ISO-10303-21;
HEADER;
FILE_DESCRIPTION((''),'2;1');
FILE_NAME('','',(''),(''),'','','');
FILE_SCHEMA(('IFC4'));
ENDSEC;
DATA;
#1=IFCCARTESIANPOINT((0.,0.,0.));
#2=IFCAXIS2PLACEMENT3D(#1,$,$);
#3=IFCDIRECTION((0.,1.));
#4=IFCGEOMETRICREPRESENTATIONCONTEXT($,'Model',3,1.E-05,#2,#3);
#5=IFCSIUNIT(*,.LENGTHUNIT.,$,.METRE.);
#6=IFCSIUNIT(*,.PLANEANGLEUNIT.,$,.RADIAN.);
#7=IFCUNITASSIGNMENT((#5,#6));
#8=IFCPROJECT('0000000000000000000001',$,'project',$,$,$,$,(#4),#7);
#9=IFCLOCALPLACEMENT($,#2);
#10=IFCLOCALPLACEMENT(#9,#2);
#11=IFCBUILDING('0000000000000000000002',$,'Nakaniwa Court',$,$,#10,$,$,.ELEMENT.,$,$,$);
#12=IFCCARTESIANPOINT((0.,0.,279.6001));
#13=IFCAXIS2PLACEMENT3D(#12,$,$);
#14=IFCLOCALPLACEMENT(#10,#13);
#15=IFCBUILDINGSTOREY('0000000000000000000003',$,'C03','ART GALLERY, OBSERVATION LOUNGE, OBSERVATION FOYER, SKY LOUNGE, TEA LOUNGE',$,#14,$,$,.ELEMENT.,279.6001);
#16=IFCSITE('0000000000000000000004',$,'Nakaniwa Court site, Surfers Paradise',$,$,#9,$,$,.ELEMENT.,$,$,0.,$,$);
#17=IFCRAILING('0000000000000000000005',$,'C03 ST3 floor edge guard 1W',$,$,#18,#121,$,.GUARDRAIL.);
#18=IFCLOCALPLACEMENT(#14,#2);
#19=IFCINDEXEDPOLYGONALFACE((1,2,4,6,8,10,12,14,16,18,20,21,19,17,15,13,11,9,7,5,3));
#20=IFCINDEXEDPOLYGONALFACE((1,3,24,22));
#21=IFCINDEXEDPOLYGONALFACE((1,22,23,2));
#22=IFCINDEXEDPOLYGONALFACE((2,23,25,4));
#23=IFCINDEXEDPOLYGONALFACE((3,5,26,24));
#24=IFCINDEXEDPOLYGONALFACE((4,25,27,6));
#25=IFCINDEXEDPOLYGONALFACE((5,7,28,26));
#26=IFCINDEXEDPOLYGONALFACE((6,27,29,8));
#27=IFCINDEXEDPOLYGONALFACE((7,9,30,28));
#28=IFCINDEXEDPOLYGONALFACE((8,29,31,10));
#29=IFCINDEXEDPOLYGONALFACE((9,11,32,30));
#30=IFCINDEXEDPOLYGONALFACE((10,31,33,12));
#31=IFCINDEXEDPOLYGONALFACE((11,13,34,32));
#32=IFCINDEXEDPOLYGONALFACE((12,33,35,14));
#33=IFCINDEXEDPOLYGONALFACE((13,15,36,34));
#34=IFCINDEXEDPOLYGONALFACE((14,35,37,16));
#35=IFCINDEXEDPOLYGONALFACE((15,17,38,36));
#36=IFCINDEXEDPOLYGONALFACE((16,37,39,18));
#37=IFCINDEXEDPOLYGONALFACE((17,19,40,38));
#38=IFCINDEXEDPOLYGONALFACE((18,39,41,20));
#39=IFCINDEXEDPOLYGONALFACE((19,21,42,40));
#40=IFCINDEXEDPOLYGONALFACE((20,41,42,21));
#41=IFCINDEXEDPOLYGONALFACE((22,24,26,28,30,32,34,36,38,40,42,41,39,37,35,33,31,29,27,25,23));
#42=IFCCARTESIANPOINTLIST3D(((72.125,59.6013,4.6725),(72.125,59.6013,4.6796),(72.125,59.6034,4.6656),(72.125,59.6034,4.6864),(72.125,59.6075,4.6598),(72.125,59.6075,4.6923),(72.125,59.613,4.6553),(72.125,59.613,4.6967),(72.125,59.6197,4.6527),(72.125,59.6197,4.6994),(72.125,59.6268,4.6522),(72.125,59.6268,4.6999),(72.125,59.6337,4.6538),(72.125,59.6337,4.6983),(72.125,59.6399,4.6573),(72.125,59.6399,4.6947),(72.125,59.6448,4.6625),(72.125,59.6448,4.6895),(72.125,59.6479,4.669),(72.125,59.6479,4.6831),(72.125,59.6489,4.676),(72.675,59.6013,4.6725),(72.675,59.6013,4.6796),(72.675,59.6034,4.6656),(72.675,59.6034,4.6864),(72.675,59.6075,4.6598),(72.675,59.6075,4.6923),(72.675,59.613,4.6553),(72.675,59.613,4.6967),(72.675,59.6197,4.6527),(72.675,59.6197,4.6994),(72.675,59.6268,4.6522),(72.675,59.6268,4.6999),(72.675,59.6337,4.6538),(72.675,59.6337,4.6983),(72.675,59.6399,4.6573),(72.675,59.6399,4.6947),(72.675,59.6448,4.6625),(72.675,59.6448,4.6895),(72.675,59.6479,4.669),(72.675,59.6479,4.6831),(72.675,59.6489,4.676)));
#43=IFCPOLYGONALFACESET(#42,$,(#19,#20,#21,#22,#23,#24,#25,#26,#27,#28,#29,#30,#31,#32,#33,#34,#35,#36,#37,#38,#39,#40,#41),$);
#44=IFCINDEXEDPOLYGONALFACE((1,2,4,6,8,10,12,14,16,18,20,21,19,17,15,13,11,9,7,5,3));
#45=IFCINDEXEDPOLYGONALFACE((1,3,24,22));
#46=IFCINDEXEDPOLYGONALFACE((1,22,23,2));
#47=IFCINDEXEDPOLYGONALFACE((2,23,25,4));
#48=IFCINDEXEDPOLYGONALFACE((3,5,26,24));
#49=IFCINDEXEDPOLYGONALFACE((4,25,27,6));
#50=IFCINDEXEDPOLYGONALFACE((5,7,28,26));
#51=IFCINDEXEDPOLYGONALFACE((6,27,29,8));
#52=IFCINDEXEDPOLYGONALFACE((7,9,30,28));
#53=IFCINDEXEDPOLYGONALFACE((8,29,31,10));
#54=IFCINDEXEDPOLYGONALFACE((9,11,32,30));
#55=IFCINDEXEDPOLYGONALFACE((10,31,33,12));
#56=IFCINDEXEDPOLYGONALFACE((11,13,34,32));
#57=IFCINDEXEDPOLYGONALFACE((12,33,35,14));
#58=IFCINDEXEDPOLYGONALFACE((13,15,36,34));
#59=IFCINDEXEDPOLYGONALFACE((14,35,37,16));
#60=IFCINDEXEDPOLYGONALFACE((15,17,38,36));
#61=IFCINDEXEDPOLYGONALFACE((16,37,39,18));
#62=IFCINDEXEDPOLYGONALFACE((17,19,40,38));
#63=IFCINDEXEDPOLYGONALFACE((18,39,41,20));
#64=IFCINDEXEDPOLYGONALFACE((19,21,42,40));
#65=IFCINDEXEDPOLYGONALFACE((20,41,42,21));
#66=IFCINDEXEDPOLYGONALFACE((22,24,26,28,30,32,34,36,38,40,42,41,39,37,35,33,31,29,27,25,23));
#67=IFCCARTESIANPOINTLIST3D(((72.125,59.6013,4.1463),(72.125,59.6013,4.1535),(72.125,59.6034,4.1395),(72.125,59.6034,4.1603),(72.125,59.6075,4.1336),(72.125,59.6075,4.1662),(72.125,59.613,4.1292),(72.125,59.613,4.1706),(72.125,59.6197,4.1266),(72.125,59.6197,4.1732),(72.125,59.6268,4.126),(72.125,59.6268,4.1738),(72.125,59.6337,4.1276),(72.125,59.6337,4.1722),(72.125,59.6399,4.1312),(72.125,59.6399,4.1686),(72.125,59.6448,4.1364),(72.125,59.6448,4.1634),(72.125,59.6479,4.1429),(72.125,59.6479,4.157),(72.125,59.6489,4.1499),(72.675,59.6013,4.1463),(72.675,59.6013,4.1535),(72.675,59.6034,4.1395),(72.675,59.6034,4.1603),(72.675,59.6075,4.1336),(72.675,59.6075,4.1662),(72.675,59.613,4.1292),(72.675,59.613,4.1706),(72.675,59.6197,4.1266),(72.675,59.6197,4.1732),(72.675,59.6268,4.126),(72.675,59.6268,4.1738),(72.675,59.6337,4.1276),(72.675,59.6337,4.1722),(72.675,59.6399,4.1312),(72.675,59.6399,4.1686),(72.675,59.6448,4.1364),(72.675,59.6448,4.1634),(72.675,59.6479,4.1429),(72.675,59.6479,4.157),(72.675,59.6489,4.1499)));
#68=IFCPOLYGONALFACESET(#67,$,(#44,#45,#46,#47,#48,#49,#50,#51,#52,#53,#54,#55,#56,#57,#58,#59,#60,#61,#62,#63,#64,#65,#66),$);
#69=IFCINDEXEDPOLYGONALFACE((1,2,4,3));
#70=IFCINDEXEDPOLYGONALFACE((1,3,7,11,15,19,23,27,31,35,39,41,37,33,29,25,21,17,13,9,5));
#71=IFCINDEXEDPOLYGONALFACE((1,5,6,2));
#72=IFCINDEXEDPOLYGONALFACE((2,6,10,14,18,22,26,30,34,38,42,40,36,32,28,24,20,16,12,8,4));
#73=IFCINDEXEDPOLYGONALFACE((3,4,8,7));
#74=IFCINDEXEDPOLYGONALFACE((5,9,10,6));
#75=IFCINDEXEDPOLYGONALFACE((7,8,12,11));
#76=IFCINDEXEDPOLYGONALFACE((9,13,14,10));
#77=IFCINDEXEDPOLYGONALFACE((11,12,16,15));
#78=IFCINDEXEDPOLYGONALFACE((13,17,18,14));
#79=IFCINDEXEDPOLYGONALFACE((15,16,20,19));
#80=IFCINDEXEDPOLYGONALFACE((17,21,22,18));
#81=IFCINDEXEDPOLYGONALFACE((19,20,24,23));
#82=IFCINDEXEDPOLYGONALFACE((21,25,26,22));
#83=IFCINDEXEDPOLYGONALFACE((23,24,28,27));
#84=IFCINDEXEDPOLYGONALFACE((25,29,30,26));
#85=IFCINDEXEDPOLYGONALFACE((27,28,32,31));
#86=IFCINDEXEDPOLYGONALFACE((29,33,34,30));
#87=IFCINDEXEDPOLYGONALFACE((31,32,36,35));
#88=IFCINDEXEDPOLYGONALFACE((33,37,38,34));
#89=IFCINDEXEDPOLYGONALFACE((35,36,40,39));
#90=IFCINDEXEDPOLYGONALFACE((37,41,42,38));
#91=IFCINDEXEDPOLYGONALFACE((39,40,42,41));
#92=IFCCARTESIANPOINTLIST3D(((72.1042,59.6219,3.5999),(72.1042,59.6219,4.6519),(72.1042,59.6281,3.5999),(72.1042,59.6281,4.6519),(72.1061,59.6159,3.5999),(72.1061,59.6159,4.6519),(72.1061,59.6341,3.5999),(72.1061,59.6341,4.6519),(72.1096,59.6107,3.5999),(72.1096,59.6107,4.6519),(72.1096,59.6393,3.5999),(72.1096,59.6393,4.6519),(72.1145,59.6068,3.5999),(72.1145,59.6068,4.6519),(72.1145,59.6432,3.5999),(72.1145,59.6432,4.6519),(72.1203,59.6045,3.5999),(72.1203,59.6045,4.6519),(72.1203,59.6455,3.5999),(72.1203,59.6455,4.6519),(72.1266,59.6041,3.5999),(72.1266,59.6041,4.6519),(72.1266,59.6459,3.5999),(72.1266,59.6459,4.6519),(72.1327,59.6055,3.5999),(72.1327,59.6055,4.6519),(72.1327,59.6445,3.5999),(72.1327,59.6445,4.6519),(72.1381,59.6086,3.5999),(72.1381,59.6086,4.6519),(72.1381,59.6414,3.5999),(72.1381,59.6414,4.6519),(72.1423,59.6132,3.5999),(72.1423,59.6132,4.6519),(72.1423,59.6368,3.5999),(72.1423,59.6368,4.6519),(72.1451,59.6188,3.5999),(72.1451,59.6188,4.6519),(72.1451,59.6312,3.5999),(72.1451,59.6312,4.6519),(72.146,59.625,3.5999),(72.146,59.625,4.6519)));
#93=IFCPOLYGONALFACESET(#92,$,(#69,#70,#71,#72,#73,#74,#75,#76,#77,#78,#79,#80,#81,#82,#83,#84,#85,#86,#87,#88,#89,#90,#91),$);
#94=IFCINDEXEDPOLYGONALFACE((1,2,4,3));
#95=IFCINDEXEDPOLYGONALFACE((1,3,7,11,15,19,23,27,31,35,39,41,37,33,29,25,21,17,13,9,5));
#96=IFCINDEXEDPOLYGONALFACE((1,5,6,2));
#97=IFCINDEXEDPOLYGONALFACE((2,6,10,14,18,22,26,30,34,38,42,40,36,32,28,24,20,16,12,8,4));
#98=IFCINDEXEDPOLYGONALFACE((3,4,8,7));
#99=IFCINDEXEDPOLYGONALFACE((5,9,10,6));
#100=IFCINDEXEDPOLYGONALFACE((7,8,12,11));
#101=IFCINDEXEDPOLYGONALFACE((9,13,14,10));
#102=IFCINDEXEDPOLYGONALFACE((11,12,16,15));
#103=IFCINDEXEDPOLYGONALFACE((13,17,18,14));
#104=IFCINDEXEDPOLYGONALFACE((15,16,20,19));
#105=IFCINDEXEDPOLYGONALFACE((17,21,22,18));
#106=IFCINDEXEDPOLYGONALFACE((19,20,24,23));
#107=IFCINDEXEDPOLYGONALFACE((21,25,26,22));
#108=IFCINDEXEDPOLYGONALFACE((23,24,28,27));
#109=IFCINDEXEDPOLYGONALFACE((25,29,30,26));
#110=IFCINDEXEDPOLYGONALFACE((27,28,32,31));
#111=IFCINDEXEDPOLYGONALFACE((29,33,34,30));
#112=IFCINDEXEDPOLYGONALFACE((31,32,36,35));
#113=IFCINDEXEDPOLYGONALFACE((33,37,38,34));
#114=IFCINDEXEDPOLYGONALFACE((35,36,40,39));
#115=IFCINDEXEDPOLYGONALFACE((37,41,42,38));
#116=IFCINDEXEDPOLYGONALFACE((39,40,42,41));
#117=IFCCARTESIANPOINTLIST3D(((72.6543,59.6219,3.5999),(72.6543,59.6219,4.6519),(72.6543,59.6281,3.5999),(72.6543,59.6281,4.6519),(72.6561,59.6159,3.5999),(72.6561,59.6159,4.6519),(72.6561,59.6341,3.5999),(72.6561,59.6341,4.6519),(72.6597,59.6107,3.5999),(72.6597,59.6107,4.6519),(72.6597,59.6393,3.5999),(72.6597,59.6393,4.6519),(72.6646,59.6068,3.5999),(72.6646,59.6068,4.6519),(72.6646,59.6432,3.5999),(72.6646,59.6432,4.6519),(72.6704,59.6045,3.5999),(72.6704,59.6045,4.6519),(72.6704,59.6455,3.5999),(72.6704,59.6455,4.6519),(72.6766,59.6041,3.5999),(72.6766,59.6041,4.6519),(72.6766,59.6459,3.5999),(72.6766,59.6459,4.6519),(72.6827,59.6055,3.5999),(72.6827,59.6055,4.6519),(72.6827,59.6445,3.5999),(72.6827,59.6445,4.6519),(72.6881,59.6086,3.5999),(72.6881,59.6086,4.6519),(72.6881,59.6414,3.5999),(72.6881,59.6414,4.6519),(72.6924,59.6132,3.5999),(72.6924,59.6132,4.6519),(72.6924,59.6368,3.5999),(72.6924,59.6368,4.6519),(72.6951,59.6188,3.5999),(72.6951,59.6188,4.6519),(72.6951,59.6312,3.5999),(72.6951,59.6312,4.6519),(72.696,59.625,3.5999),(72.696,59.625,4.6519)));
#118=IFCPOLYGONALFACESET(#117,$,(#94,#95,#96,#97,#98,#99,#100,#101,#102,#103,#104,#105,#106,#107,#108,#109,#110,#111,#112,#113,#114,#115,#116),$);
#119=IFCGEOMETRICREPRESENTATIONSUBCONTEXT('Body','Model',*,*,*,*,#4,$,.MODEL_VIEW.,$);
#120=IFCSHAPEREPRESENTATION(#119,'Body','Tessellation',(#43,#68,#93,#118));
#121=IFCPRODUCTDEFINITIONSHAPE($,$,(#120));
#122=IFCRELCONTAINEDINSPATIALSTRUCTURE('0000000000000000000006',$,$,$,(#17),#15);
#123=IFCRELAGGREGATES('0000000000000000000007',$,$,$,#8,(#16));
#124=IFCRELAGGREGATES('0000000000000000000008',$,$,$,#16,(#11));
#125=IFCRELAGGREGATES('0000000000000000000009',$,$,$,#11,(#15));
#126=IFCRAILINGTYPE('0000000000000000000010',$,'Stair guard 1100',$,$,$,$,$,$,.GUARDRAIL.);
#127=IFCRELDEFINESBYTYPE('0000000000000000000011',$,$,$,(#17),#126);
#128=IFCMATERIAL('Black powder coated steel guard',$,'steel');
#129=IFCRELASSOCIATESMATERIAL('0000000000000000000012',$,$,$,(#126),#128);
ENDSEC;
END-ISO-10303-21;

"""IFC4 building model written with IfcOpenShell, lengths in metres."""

from ifc_helpers import new_model, si_unit, direction, frame, origin, origin_2d, place, context, subcontext, project, spatial, circle, extrude, material, type_object, element, save


model = new_model("IFC4")

# Units and contexts
model_context = context("Model", 3, precision=1e-05, world=origin(), true_north=direction((0.0, 1.0)))
body_context = subcontext(model_context, "Body", "Model", "MODEL_VIEW")
ifc_project = project(units=[si_unit("LENGTHUNIT", "METRE"), si_unit("PLANEANGLEUNIT", "RADIAN")], contexts=[model_context])

# Site, building, storey
site_placement = place(None, origin())
site = spatial("IfcSite", under=ifc_project, at=site_placement, Name="Nakaniwa Court site, Surfers Paradise", CompositionType="ELEMENT", RefElevation=0.0)
building_placement = place(site_placement, origin())
building = spatial("IfcBuilding", under=site, at=building_placement, Name="Nakaniwa Court", CompositionType="ELEMENT")
storey_placement = place(building_placement, frame((0.0, 0.0, 279.6001)))
storey = spatial("IfcBuildingStorey", under=building, at=storey_placement, Name="C03", Description="ART GALLERY, OBSERVATION LOUNGE, OBSERVATION FOYER, SKY LOUNGE, TEA LOUNGE", CompositionType="ELEMENT", Elevation=279.6001)

# Railing
ifc_material_1 = material(Name="Black powder coated steel guard", Category="steel")
railing_type_1 = type_object("IfcRailingType", Name="Stair guard 1100", PredefinedType="GUARDRAIL", material=ifc_material_1)
for number, where, name in (
    (1, (72.125, 59.625, 3.5999), "C03 ST3 floor edge guard 1W"),
):
    element("IfcRailing", number, at=place(storey_placement, frame(where)), inside=storey, type_object=railing_type_1, Name=name, PredefinedType="GUARDRAIL", context=body_context, shape_type="SweptSolid", body=[
        extrude(circle(Radius=0.0239, at=origin_2d()), frame((0.0, 0.0, 1.0762), z_axis=(1.0, 0.0, 0.0), x_axis=(0.0, 1.0, 0.0)), (0.0, 0.0, 1.0), 0.55),
        extrude(circle(Radius=0.0239, at=origin_2d()), frame((0.0, 0.0, 0.55), z_axis=(1.0, 0.0, 0.0), x_axis=(0.0, 1.0, 0.0)), (0.0, 0.0, 1.0), 0.55),
        extrude(circle(Radius=0.021, at=origin_2d()), origin(), (0.0, 0.0, 1.0), 1.052),
        extrude(circle(Radius=0.021, at=origin_2d()), frame((0.55, 0.0, 0.0)), (0.0, 0.0, 1.0), 1.052),
    ])

save(model, "model.ifc")
